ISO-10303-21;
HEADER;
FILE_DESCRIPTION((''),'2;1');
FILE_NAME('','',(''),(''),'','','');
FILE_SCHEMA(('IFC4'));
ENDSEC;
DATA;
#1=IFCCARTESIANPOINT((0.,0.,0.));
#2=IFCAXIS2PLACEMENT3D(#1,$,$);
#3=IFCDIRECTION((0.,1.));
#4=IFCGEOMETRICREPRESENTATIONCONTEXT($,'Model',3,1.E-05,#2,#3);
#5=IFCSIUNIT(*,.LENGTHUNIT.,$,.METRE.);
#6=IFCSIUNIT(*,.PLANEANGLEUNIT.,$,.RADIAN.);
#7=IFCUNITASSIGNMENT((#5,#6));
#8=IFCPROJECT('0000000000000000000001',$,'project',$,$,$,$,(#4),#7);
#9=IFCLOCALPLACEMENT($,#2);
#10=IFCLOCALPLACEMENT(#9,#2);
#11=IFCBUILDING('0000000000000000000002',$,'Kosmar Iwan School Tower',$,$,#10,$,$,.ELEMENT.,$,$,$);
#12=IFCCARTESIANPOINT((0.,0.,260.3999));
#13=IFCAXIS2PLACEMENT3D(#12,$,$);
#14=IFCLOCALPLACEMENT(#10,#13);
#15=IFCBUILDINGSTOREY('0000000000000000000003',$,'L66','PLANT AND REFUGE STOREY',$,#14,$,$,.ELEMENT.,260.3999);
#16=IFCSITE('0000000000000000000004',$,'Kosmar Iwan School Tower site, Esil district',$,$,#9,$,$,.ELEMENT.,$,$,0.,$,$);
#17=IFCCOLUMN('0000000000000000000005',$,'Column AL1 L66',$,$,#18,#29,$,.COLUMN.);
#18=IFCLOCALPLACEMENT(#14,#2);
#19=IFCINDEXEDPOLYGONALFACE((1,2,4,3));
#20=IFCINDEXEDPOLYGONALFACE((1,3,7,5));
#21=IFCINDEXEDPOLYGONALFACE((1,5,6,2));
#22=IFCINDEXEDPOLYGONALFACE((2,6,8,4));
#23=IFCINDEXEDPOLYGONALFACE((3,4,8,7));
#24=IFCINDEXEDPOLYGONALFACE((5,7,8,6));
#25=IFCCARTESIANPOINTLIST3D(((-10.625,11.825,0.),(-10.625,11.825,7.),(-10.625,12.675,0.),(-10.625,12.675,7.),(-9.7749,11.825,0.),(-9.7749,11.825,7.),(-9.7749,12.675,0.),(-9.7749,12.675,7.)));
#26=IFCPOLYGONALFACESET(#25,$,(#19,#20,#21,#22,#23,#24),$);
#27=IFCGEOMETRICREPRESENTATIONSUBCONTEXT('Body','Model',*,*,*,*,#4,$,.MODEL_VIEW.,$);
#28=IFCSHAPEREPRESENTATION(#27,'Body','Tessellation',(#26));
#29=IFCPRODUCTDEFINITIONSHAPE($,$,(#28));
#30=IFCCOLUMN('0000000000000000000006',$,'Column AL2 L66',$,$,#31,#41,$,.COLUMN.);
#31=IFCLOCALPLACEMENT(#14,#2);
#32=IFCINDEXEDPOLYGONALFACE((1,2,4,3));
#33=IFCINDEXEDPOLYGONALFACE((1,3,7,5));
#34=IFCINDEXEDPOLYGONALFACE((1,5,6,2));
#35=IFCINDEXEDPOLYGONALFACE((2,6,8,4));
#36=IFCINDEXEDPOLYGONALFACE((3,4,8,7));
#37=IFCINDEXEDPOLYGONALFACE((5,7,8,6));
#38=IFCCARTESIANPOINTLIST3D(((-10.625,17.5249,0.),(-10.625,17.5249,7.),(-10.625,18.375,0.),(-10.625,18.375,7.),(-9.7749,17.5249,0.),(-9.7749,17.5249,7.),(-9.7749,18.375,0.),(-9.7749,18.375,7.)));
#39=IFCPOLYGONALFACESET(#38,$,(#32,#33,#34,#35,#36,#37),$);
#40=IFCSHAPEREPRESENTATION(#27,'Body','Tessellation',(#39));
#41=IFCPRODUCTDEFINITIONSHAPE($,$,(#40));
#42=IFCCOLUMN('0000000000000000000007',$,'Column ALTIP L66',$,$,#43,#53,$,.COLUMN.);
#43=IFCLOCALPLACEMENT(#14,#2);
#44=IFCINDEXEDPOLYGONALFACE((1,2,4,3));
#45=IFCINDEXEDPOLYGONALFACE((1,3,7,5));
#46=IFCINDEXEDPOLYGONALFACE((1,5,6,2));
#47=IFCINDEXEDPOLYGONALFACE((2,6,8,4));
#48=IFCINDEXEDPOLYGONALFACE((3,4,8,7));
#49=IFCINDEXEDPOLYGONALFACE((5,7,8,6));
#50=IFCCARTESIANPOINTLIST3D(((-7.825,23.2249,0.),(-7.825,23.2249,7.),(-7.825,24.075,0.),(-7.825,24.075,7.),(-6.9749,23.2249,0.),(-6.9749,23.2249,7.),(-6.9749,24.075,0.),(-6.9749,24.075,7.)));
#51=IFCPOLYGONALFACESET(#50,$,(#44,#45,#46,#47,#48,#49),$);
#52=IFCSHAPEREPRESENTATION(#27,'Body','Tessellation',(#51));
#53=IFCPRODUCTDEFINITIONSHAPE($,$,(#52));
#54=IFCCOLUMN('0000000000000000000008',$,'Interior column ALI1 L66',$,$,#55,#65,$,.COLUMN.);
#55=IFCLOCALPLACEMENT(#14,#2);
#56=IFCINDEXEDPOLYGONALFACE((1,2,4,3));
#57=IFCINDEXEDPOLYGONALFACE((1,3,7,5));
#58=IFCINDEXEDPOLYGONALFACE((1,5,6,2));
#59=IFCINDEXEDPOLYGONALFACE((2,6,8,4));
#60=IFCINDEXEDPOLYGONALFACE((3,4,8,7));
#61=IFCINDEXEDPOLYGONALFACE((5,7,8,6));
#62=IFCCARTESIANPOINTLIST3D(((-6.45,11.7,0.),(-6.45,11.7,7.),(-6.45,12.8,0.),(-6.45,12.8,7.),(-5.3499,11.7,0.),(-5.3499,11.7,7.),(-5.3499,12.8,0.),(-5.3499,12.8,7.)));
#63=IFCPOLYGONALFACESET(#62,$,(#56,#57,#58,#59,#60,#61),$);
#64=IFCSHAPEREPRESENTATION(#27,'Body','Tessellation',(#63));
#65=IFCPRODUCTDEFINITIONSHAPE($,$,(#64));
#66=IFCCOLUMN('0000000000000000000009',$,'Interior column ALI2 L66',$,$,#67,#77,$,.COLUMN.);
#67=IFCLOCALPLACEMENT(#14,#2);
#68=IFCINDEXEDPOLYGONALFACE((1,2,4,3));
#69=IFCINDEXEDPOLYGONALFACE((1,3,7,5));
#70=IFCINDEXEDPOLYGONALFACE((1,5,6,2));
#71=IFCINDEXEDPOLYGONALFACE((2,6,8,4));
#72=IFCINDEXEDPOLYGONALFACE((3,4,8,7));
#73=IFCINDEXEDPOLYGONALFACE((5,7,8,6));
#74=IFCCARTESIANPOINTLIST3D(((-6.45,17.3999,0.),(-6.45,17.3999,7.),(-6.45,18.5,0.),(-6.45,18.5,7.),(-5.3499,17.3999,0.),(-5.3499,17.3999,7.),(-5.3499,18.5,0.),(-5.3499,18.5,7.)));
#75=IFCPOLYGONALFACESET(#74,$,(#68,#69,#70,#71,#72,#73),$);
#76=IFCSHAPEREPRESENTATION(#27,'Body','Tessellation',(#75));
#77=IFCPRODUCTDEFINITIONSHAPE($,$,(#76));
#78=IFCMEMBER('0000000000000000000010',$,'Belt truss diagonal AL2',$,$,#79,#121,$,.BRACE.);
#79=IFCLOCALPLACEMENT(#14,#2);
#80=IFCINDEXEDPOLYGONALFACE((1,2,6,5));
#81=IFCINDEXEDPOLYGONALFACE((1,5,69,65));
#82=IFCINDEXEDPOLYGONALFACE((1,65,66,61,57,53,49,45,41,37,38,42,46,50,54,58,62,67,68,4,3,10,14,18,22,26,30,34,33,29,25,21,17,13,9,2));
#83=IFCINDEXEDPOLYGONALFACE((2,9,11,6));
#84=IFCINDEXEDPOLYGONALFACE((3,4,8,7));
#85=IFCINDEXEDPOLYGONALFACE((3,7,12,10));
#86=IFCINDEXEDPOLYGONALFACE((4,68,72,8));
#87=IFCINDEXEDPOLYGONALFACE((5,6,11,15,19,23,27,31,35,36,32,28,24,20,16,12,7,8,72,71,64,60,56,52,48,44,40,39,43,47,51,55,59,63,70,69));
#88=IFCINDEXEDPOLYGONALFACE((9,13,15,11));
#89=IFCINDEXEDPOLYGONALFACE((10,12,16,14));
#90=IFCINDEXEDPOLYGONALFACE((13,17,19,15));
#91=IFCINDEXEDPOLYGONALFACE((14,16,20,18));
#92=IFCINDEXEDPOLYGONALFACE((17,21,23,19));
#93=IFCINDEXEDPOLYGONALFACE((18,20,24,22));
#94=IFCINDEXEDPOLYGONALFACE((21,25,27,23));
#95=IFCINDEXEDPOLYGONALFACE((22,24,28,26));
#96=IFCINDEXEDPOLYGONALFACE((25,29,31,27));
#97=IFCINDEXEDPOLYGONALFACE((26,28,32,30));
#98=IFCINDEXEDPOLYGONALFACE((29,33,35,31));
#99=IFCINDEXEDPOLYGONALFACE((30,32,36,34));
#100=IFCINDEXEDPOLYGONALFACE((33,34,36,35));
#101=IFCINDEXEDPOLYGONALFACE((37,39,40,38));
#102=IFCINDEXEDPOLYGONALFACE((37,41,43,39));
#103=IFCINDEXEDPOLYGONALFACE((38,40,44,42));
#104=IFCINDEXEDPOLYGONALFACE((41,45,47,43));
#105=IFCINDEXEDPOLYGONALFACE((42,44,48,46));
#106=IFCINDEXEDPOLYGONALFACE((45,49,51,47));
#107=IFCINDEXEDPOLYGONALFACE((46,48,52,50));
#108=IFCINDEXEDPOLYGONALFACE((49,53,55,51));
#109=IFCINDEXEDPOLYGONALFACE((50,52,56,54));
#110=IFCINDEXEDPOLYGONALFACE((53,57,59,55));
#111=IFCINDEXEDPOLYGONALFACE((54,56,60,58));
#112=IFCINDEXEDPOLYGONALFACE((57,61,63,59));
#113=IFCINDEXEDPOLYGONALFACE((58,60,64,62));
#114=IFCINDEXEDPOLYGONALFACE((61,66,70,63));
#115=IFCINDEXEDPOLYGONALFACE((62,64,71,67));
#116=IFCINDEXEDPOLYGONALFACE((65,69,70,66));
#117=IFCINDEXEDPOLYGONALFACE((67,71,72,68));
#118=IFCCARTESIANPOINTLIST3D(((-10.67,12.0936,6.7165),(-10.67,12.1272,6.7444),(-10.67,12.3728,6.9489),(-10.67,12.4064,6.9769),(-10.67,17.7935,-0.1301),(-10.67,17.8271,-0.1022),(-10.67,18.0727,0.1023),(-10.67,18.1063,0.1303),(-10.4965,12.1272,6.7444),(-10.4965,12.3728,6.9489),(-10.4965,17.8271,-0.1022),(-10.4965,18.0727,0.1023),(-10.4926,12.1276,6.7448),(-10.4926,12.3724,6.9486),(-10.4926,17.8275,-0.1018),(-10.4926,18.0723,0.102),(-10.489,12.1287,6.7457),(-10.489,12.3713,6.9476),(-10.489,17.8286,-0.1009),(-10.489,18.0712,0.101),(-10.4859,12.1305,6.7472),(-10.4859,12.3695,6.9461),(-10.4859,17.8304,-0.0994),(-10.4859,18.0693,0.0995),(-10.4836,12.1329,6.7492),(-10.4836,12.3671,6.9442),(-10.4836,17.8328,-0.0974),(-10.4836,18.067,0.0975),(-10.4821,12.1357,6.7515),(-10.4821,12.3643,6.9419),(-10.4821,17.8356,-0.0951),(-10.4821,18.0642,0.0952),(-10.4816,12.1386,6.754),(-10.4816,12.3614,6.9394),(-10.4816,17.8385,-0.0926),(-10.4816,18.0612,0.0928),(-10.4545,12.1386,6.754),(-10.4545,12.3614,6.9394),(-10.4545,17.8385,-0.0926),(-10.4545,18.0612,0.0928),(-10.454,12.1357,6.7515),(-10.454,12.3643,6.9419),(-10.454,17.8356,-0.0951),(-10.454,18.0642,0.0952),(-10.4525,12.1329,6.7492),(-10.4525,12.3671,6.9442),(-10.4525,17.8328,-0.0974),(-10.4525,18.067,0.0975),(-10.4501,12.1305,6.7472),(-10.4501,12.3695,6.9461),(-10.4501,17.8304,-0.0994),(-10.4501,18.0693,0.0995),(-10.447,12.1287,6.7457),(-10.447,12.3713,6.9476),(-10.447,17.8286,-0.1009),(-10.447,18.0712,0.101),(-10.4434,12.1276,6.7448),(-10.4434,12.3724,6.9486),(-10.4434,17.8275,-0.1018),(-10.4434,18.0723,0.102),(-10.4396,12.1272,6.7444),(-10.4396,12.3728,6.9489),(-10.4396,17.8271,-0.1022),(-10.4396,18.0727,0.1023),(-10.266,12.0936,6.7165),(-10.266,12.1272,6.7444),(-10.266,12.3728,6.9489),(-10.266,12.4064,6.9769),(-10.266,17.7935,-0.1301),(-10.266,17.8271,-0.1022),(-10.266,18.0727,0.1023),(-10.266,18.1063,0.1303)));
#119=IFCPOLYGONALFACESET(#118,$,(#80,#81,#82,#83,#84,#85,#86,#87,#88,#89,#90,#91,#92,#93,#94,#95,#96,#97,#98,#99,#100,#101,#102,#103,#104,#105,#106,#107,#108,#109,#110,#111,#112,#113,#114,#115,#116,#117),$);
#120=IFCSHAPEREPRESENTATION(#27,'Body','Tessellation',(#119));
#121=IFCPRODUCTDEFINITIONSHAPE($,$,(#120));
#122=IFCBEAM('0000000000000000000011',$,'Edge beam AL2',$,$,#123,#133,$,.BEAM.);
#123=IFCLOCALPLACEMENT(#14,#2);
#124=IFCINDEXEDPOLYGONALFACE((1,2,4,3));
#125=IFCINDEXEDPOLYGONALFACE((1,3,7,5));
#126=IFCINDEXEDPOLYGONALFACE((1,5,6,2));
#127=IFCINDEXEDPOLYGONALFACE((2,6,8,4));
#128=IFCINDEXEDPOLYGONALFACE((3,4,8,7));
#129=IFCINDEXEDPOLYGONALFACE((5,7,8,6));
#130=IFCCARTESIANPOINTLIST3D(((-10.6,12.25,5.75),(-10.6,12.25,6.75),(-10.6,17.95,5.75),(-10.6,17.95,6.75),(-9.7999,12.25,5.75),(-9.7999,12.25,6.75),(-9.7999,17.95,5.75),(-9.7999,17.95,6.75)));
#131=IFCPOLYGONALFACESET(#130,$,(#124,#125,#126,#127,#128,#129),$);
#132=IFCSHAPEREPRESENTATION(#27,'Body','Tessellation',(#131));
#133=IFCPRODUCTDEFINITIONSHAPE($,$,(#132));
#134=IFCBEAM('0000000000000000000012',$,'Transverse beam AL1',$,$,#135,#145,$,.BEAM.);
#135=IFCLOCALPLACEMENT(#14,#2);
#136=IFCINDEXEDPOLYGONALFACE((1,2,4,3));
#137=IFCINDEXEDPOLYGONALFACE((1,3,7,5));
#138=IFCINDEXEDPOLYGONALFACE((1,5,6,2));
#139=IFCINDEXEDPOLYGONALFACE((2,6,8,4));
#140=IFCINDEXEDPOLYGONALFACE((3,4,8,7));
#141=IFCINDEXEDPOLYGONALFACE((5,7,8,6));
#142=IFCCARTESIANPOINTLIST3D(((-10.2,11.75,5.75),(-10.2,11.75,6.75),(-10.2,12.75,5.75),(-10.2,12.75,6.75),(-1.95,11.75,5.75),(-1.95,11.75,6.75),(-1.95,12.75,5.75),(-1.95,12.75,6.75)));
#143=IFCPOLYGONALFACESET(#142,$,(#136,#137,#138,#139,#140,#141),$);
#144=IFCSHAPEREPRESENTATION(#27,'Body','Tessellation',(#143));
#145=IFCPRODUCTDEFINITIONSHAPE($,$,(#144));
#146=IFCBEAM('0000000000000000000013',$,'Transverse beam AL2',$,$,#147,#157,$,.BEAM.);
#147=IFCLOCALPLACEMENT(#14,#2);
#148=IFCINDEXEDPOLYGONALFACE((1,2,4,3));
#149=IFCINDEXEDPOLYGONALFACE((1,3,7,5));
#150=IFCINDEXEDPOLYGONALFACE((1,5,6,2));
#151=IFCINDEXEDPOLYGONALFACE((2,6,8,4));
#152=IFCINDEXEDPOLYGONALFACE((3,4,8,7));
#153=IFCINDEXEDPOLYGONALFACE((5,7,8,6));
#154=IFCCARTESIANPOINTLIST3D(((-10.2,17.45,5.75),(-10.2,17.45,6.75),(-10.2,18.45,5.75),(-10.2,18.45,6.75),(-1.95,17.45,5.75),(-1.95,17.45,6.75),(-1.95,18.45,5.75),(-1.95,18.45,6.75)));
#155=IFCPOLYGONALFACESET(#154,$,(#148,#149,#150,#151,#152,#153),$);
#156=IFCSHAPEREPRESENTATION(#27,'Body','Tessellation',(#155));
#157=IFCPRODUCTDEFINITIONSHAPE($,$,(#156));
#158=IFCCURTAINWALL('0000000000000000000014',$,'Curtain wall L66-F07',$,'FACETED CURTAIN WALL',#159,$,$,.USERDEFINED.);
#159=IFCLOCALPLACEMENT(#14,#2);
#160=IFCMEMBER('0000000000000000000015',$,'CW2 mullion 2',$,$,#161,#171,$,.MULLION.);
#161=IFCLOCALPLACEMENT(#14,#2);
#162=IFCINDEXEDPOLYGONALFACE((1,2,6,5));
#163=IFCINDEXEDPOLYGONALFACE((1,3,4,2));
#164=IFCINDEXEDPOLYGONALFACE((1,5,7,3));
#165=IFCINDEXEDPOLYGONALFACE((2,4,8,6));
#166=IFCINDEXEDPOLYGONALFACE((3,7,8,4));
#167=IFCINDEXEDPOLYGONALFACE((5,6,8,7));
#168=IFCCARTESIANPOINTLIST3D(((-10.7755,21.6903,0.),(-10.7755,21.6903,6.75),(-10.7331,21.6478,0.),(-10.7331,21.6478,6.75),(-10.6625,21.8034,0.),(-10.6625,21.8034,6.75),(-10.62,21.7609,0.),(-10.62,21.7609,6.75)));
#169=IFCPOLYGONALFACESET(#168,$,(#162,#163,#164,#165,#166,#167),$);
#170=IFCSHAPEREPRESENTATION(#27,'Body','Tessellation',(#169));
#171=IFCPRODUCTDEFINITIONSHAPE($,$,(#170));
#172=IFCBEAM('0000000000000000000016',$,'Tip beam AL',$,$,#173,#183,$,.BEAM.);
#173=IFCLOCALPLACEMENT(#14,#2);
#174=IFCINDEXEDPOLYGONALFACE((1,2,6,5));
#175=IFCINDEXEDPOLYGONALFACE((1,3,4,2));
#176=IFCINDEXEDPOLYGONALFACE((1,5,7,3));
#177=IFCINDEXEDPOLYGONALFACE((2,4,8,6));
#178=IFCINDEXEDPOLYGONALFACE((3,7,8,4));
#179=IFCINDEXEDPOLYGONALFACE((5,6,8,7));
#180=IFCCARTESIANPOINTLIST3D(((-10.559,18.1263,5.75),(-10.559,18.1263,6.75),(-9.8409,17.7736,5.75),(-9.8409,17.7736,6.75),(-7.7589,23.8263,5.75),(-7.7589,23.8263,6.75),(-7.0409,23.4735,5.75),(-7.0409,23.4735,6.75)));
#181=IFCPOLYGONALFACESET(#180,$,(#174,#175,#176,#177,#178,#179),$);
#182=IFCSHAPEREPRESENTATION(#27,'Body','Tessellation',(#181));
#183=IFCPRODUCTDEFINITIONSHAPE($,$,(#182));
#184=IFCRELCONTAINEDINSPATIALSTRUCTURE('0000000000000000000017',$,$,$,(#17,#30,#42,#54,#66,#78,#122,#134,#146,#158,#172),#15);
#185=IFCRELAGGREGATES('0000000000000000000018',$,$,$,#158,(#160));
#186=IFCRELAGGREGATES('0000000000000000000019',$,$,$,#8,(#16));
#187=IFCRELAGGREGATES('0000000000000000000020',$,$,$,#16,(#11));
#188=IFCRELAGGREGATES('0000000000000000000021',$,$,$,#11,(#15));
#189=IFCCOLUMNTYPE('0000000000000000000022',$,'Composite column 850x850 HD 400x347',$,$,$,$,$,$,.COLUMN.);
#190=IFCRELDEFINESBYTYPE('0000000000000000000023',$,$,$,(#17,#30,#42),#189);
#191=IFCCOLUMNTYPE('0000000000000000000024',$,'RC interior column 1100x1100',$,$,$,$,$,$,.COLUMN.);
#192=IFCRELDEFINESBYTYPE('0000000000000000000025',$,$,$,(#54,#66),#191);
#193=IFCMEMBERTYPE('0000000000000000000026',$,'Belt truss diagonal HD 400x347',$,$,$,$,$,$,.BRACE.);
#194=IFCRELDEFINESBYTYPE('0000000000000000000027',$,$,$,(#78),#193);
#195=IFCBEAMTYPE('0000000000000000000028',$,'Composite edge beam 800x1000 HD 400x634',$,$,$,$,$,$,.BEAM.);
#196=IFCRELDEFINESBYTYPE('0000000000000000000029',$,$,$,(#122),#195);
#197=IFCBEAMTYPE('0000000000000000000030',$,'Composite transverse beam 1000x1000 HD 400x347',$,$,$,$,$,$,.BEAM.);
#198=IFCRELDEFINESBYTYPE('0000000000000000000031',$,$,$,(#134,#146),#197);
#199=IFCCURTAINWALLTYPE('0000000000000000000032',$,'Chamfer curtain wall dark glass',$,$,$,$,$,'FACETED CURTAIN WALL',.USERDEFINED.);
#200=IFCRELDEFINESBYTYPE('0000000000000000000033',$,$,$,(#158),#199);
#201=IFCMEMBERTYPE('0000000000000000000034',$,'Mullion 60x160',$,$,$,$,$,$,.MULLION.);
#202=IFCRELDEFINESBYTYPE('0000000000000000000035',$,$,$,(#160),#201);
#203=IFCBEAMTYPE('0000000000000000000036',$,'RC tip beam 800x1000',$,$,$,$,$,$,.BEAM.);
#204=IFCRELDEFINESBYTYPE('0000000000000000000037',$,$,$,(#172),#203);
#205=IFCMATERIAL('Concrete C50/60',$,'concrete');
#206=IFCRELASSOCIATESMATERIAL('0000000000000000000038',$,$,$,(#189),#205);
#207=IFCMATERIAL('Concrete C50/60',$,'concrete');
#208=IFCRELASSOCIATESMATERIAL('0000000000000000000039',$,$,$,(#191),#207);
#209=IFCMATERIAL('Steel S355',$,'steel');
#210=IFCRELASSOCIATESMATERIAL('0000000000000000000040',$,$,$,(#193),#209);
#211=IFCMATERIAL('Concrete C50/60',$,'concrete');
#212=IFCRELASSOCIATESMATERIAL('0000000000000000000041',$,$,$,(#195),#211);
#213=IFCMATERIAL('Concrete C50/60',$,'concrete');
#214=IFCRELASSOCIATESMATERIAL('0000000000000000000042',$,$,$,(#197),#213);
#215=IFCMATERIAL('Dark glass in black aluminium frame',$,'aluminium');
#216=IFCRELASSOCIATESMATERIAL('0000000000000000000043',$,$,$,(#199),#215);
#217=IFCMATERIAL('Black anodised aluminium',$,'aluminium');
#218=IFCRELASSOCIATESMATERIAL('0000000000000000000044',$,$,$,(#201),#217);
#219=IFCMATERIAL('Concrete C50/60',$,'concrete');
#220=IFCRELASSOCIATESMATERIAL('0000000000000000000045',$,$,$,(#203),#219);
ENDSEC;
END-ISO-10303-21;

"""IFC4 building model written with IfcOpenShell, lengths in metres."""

from ifc_helpers import new_model, si_unit, direction, frame, origin, origin_2d, place, context, subcontext, project, spatial, rectangle, i_section, extrude, material, material_profile, profile_set, type_object, element, aggregate, save


model = new_model("IFC4")

# Units and contexts
model_context = context("Model", 3, precision=1e-05, world=origin(), true_north=direction((0.0, 1.0)))
body_context = subcontext(model_context, "Body", "Model", "MODEL_VIEW")
ifc_project = project(units=[si_unit("LENGTHUNIT", "METRE"), si_unit("PLANEANGLEUNIT", "RADIAN")], contexts=[model_context])

# Site, building, storey
site_placement = place(None, origin())
site = spatial("IfcSite", under=ifc_project, at=site_placement, Name="Kosmar Iwan School Tower site, Esil district", CompositionType="ELEMENT", RefElevation=0.0)
building_placement = place(site_placement, origin())
building = spatial("IfcBuilding", under=site, at=building_placement, Name="Kosmar Iwan School Tower", CompositionType="ELEMENT")
storey_placement = place(building_placement, frame((0.0, 0.0, 260.3999)))
storey = spatial("IfcBuildingStorey", under=building, at=storey_placement, Name="L66", Description="PLANT AND REFUGE STOREY", CompositionType="ELEMENT", Elevation=260.3999)

# Columns
ifc_material_1 = material(Name="Concrete C50/60", Category="concrete")
ifc_material_profile_1 = material_profile(ifc_material_1, rectangle(XDim=0.8501, YDim=0.8501, at=origin_2d()), Name="RC 850x850 + HD 400x347")
ifc_profile_set_1 = profile_set([ifc_material_profile_1], Name="Concrete C50/60")
column_type_1 = type_object("IfcColumnType", Name="Composite column 850x850 HD 400x347", PredefinedType="COLUMN", material=ifc_profile_set_1)
for number, where, z_axis, x_axis, name in (
    (1, (-10.2, 12.25, 0.0), (0.0, 0.0, 1.0), (0.0, 1.0, 0.0), "Column AL1 L66"),
    (2, (-10.2, 17.95, 0.0), (0.0, 0.0, 1.0), (0.0, 1.0, 0.0), "Column AL2 L66"),
    (3, (-7.3999, 23.6499, 0.0), (0.0, 0.0, 1.0), (0.0, 1.0, 0.0), "Column ALTIP L66"),
):
    element("IfcColumn", number, at=place(storey_placement, frame(where, z_axis=z_axis, x_axis=x_axis)), inside=storey, type_object=column_type_1, Name=name, PredefinedType="COLUMN", context=body_context, shape_type="SweptSolid", body=[
        extrude(rectangle(XDim=0.8501, YDim=0.8501, at=origin_2d()), origin(), (0.0, 0.0, 1.0), 7.0),
    ])
ifc_material_2 = material(Name="Concrete C50/60", Category="concrete")
ifc_material_profile_2 = material_profile(ifc_material_2, rectangle(XDim=1.1001, YDim=1.1001, at=origin_2d()), Name="RC 1100x1100")
ifc_profile_set_2 = profile_set([ifc_material_profile_2], Name="Concrete C50/60")
column_type_2 = type_object("IfcColumnType", Name="RC interior column 1100x1100", PredefinedType="COLUMN", material=ifc_profile_set_2)
for number, where, z_axis, x_axis, name in (
    (4, (-5.8999, 12.25, 0.0), (0.0, 0.0, 1.0), (0.0, 1.0, 0.0), "Interior column ALI1 L66"),
    (5, (-5.8999, 17.95, 0.0), (0.0, 0.0, 1.0), (0.0, 1.0, 0.0), "Interior column ALI2 L66"),
):
    element("IfcColumn", number, at=place(storey_placement, frame(where, z_axis=z_axis, x_axis=x_axis)), inside=storey, type_object=column_type_2, Name=name, PredefinedType="COLUMN", context=body_context, shape_type="SweptSolid", body=[
        extrude(rectangle(XDim=1.1001, YDim=1.1001, at=origin_2d()), origin(), (0.0, 0.0, 1.0), 7.0),
    ])

# Member
ifc_material_3 = material(Name="Steel S355", Category="steel")
ifc_material_profile_3 = material_profile(ifc_material_3, i_section(OverallWidth=0.4041, OverallDepth=0.407, WebThickness=0.0271, FlangeThickness=0.0437, FilletRadius=0.0149, at=origin_2d()), Name="HD 400x347")
ifc_profile_set_3 = profile_set([ifc_material_profile_3], Name="Steel S355")
member_type_1 = type_object("IfcMemberType", Name="Belt truss diagonal HD 400x347", PredefinedType="BRACE", material=ifc_profile_set_3)
member_1_placement = place(storey_placement, frame((-10.468, 12.25, 6.8467), z_axis=(0.0, 0.639812, -0.768531), x_axis=(-1.0, 0.0, 0.0)))
element("IfcMember", 6, at=member_1_placement, inside=storey, type_object=member_type_1, Name="Belt truss diagonal AL2", PredefinedType="BRACE", context=body_context, shape_type="SweptSolid", body=[
    extrude(i_section(OverallWidth=0.4041, OverallDepth=0.407, WebThickness=0.0271, FlangeThickness=0.0437, FilletRadius=0.0149, at=origin_2d()), origin(), (0.0, 0.0, 1.0), 8.9087),
])

# Beams
ifc_material_4 = material(Name="Concrete C50/60", Category="concrete")
ifc_material_profile_4 = material_profile(ifc_material_4, rectangle(XDim=0.8, YDim=1.0, at=origin_2d()), Name="RC 800x1000 + HD 400x634")
ifc_profile_set_4 = profile_set([ifc_material_profile_4], Name="Concrete C50/60")
beam_type_1 = type_object("IfcBeamType", Name="Composite edge beam 800x1000 HD 400x634", PredefinedType="BEAM", material=ifc_profile_set_4)
beam_1_placement = place(storey_placement, frame((-10.2, 12.25, 6.25), z_axis=(0.0, 1.0, 0.0), x_axis=(-1.0, 0.0, 0.0)))
element("IfcBeam", 7, at=beam_1_placement, inside=storey, type_object=beam_type_1, Name="Edge beam AL2", PredefinedType="BEAM", context=body_context, shape_type="SweptSolid", body=[
    extrude(rectangle(XDim=0.8, YDim=1.0, at=origin_2d()), origin(), (0.0, 0.0, 1.0), 5.7),
])
ifc_material_5 = material(Name="Concrete C50/60", Category="concrete")
ifc_material_profile_5 = material_profile(ifc_material_5, rectangle(XDim=1.0, YDim=1.0, at=origin_2d()), Name="RC 1000x1000 + HD 400x347")
ifc_profile_set_5 = profile_set([ifc_material_profile_5], Name="Concrete C50/60")
beam_type_2 = type_object("IfcBeamType", Name="Composite transverse beam 1000x1000 HD 400x347", PredefinedType="BEAM", material=ifc_profile_set_5)
for number, where, z_axis, x_axis, name in (
    (8, (-10.2, 12.25, 6.25), (1.0, 0.0, 0.0), (0.0, 1.0, 0.0), "Transverse beam AL1"),
    (9, (-10.2, 17.95, 6.25), (1.0, 0.0, 0.0), (0.0, 1.0, 0.0), "Transverse beam AL2"),
):
    element("IfcBeam", number, at=place(storey_placement, frame(where, z_axis=z_axis, x_axis=x_axis)), inside=storey, type_object=beam_type_2, Name=name, PredefinedType="BEAM", context=body_context, shape_type="SweptSolid", body=[
        extrude(rectangle(XDim=1.0, YDim=1.0, at=origin_2d()), origin(), (0.0, 0.0, 1.0), 8.25),
    ])

# Curtain wall, member
ifc_material_6 = material(Name="Dark glass in black aluminium frame", Category="aluminium")
curtain_wall_type = type_object("IfcCurtainWallType", Name="Chamfer curtain wall dark glass", ElementType="FACETED CURTAIN WALL", PredefinedType="USERDEFINED", material=ifc_material_6)
curtain_wall_placement = place(storey_placement, origin())
curtain_wall = element("IfcCurtainWall", 10, at=curtain_wall_placement, inside=storey, type_object=curtain_wall_type, Name="Curtain wall L66-F07", ObjectType="FACETED CURTAIN WALL", PredefinedType="USERDEFINED")
ifc_material_7 = material(Name="Black anodised aluminium", Category="aluminium")
ifc_material_profile_6 = material_profile(ifc_material_7, rectangle(XDim=0.0601, YDim=0.1599, at=origin_2d()), Name="MULLION 60x160")
ifc_profile_set_6 = profile_set([ifc_material_profile_6], Name="Black anodised aluminium")
member_type_2 = type_object("IfcMemberType", Name="Mullion 60x160", PredefinedType="MULLION", material=ifc_profile_set_6)
member_2_placement = place(storey_placement, frame((-10.6978, 21.7256, 0.0), z_axis=(0.0, 0.0, 1.0), x_axis=(0.707107, -0.707107, 0.0)))
member_2 = element("IfcMember", 11, at=member_2_placement, type_object=member_type_2, Name="CW2 mullion 2", PredefinedType="MULLION", context=body_context, shape_type="SweptSolid", body=[
    extrude(rectangle(XDim=0.0601, YDim=0.1599, at=origin_2d()), origin(), (0.0, 0.0, 1.0), 6.75),
])

# Beam
ifc_material_8 = material(Name="Concrete C50/60", Category="concrete")
ifc_material_profile_7 = material_profile(ifc_material_8, rectangle(XDim=0.8, YDim=1.0, at=origin_2d()), Name="RC 800x1000")
ifc_profile_set_7 = profile_set([ifc_material_profile_7], Name="Concrete C50/60")
beam_type_3 = type_object("IfcBeamType", Name="RC tip beam 800x1000", PredefinedType="BEAM", material=ifc_profile_set_7)
beam_2_placement = place(storey_placement, frame((-10.2, 17.95, 6.25), z_axis=(0.440913, 0.89755, 0.0), x_axis=(-0.89755, 0.440913, 0.0)))
element("IfcBeam", 12, at=beam_2_placement, inside=storey, type_object=beam_type_3, Name="Tip beam AL", PredefinedType="BEAM", context=body_context, shape_type="SweptSolid", body=[
    extrude(rectangle(XDim=0.8, YDim=1.0, at=origin_2d()), origin(), (0.0, 0.0, 1.0), 6.3506),
])

aggregate(curtain_wall, [member_2])

save(model, "model.ifc")
